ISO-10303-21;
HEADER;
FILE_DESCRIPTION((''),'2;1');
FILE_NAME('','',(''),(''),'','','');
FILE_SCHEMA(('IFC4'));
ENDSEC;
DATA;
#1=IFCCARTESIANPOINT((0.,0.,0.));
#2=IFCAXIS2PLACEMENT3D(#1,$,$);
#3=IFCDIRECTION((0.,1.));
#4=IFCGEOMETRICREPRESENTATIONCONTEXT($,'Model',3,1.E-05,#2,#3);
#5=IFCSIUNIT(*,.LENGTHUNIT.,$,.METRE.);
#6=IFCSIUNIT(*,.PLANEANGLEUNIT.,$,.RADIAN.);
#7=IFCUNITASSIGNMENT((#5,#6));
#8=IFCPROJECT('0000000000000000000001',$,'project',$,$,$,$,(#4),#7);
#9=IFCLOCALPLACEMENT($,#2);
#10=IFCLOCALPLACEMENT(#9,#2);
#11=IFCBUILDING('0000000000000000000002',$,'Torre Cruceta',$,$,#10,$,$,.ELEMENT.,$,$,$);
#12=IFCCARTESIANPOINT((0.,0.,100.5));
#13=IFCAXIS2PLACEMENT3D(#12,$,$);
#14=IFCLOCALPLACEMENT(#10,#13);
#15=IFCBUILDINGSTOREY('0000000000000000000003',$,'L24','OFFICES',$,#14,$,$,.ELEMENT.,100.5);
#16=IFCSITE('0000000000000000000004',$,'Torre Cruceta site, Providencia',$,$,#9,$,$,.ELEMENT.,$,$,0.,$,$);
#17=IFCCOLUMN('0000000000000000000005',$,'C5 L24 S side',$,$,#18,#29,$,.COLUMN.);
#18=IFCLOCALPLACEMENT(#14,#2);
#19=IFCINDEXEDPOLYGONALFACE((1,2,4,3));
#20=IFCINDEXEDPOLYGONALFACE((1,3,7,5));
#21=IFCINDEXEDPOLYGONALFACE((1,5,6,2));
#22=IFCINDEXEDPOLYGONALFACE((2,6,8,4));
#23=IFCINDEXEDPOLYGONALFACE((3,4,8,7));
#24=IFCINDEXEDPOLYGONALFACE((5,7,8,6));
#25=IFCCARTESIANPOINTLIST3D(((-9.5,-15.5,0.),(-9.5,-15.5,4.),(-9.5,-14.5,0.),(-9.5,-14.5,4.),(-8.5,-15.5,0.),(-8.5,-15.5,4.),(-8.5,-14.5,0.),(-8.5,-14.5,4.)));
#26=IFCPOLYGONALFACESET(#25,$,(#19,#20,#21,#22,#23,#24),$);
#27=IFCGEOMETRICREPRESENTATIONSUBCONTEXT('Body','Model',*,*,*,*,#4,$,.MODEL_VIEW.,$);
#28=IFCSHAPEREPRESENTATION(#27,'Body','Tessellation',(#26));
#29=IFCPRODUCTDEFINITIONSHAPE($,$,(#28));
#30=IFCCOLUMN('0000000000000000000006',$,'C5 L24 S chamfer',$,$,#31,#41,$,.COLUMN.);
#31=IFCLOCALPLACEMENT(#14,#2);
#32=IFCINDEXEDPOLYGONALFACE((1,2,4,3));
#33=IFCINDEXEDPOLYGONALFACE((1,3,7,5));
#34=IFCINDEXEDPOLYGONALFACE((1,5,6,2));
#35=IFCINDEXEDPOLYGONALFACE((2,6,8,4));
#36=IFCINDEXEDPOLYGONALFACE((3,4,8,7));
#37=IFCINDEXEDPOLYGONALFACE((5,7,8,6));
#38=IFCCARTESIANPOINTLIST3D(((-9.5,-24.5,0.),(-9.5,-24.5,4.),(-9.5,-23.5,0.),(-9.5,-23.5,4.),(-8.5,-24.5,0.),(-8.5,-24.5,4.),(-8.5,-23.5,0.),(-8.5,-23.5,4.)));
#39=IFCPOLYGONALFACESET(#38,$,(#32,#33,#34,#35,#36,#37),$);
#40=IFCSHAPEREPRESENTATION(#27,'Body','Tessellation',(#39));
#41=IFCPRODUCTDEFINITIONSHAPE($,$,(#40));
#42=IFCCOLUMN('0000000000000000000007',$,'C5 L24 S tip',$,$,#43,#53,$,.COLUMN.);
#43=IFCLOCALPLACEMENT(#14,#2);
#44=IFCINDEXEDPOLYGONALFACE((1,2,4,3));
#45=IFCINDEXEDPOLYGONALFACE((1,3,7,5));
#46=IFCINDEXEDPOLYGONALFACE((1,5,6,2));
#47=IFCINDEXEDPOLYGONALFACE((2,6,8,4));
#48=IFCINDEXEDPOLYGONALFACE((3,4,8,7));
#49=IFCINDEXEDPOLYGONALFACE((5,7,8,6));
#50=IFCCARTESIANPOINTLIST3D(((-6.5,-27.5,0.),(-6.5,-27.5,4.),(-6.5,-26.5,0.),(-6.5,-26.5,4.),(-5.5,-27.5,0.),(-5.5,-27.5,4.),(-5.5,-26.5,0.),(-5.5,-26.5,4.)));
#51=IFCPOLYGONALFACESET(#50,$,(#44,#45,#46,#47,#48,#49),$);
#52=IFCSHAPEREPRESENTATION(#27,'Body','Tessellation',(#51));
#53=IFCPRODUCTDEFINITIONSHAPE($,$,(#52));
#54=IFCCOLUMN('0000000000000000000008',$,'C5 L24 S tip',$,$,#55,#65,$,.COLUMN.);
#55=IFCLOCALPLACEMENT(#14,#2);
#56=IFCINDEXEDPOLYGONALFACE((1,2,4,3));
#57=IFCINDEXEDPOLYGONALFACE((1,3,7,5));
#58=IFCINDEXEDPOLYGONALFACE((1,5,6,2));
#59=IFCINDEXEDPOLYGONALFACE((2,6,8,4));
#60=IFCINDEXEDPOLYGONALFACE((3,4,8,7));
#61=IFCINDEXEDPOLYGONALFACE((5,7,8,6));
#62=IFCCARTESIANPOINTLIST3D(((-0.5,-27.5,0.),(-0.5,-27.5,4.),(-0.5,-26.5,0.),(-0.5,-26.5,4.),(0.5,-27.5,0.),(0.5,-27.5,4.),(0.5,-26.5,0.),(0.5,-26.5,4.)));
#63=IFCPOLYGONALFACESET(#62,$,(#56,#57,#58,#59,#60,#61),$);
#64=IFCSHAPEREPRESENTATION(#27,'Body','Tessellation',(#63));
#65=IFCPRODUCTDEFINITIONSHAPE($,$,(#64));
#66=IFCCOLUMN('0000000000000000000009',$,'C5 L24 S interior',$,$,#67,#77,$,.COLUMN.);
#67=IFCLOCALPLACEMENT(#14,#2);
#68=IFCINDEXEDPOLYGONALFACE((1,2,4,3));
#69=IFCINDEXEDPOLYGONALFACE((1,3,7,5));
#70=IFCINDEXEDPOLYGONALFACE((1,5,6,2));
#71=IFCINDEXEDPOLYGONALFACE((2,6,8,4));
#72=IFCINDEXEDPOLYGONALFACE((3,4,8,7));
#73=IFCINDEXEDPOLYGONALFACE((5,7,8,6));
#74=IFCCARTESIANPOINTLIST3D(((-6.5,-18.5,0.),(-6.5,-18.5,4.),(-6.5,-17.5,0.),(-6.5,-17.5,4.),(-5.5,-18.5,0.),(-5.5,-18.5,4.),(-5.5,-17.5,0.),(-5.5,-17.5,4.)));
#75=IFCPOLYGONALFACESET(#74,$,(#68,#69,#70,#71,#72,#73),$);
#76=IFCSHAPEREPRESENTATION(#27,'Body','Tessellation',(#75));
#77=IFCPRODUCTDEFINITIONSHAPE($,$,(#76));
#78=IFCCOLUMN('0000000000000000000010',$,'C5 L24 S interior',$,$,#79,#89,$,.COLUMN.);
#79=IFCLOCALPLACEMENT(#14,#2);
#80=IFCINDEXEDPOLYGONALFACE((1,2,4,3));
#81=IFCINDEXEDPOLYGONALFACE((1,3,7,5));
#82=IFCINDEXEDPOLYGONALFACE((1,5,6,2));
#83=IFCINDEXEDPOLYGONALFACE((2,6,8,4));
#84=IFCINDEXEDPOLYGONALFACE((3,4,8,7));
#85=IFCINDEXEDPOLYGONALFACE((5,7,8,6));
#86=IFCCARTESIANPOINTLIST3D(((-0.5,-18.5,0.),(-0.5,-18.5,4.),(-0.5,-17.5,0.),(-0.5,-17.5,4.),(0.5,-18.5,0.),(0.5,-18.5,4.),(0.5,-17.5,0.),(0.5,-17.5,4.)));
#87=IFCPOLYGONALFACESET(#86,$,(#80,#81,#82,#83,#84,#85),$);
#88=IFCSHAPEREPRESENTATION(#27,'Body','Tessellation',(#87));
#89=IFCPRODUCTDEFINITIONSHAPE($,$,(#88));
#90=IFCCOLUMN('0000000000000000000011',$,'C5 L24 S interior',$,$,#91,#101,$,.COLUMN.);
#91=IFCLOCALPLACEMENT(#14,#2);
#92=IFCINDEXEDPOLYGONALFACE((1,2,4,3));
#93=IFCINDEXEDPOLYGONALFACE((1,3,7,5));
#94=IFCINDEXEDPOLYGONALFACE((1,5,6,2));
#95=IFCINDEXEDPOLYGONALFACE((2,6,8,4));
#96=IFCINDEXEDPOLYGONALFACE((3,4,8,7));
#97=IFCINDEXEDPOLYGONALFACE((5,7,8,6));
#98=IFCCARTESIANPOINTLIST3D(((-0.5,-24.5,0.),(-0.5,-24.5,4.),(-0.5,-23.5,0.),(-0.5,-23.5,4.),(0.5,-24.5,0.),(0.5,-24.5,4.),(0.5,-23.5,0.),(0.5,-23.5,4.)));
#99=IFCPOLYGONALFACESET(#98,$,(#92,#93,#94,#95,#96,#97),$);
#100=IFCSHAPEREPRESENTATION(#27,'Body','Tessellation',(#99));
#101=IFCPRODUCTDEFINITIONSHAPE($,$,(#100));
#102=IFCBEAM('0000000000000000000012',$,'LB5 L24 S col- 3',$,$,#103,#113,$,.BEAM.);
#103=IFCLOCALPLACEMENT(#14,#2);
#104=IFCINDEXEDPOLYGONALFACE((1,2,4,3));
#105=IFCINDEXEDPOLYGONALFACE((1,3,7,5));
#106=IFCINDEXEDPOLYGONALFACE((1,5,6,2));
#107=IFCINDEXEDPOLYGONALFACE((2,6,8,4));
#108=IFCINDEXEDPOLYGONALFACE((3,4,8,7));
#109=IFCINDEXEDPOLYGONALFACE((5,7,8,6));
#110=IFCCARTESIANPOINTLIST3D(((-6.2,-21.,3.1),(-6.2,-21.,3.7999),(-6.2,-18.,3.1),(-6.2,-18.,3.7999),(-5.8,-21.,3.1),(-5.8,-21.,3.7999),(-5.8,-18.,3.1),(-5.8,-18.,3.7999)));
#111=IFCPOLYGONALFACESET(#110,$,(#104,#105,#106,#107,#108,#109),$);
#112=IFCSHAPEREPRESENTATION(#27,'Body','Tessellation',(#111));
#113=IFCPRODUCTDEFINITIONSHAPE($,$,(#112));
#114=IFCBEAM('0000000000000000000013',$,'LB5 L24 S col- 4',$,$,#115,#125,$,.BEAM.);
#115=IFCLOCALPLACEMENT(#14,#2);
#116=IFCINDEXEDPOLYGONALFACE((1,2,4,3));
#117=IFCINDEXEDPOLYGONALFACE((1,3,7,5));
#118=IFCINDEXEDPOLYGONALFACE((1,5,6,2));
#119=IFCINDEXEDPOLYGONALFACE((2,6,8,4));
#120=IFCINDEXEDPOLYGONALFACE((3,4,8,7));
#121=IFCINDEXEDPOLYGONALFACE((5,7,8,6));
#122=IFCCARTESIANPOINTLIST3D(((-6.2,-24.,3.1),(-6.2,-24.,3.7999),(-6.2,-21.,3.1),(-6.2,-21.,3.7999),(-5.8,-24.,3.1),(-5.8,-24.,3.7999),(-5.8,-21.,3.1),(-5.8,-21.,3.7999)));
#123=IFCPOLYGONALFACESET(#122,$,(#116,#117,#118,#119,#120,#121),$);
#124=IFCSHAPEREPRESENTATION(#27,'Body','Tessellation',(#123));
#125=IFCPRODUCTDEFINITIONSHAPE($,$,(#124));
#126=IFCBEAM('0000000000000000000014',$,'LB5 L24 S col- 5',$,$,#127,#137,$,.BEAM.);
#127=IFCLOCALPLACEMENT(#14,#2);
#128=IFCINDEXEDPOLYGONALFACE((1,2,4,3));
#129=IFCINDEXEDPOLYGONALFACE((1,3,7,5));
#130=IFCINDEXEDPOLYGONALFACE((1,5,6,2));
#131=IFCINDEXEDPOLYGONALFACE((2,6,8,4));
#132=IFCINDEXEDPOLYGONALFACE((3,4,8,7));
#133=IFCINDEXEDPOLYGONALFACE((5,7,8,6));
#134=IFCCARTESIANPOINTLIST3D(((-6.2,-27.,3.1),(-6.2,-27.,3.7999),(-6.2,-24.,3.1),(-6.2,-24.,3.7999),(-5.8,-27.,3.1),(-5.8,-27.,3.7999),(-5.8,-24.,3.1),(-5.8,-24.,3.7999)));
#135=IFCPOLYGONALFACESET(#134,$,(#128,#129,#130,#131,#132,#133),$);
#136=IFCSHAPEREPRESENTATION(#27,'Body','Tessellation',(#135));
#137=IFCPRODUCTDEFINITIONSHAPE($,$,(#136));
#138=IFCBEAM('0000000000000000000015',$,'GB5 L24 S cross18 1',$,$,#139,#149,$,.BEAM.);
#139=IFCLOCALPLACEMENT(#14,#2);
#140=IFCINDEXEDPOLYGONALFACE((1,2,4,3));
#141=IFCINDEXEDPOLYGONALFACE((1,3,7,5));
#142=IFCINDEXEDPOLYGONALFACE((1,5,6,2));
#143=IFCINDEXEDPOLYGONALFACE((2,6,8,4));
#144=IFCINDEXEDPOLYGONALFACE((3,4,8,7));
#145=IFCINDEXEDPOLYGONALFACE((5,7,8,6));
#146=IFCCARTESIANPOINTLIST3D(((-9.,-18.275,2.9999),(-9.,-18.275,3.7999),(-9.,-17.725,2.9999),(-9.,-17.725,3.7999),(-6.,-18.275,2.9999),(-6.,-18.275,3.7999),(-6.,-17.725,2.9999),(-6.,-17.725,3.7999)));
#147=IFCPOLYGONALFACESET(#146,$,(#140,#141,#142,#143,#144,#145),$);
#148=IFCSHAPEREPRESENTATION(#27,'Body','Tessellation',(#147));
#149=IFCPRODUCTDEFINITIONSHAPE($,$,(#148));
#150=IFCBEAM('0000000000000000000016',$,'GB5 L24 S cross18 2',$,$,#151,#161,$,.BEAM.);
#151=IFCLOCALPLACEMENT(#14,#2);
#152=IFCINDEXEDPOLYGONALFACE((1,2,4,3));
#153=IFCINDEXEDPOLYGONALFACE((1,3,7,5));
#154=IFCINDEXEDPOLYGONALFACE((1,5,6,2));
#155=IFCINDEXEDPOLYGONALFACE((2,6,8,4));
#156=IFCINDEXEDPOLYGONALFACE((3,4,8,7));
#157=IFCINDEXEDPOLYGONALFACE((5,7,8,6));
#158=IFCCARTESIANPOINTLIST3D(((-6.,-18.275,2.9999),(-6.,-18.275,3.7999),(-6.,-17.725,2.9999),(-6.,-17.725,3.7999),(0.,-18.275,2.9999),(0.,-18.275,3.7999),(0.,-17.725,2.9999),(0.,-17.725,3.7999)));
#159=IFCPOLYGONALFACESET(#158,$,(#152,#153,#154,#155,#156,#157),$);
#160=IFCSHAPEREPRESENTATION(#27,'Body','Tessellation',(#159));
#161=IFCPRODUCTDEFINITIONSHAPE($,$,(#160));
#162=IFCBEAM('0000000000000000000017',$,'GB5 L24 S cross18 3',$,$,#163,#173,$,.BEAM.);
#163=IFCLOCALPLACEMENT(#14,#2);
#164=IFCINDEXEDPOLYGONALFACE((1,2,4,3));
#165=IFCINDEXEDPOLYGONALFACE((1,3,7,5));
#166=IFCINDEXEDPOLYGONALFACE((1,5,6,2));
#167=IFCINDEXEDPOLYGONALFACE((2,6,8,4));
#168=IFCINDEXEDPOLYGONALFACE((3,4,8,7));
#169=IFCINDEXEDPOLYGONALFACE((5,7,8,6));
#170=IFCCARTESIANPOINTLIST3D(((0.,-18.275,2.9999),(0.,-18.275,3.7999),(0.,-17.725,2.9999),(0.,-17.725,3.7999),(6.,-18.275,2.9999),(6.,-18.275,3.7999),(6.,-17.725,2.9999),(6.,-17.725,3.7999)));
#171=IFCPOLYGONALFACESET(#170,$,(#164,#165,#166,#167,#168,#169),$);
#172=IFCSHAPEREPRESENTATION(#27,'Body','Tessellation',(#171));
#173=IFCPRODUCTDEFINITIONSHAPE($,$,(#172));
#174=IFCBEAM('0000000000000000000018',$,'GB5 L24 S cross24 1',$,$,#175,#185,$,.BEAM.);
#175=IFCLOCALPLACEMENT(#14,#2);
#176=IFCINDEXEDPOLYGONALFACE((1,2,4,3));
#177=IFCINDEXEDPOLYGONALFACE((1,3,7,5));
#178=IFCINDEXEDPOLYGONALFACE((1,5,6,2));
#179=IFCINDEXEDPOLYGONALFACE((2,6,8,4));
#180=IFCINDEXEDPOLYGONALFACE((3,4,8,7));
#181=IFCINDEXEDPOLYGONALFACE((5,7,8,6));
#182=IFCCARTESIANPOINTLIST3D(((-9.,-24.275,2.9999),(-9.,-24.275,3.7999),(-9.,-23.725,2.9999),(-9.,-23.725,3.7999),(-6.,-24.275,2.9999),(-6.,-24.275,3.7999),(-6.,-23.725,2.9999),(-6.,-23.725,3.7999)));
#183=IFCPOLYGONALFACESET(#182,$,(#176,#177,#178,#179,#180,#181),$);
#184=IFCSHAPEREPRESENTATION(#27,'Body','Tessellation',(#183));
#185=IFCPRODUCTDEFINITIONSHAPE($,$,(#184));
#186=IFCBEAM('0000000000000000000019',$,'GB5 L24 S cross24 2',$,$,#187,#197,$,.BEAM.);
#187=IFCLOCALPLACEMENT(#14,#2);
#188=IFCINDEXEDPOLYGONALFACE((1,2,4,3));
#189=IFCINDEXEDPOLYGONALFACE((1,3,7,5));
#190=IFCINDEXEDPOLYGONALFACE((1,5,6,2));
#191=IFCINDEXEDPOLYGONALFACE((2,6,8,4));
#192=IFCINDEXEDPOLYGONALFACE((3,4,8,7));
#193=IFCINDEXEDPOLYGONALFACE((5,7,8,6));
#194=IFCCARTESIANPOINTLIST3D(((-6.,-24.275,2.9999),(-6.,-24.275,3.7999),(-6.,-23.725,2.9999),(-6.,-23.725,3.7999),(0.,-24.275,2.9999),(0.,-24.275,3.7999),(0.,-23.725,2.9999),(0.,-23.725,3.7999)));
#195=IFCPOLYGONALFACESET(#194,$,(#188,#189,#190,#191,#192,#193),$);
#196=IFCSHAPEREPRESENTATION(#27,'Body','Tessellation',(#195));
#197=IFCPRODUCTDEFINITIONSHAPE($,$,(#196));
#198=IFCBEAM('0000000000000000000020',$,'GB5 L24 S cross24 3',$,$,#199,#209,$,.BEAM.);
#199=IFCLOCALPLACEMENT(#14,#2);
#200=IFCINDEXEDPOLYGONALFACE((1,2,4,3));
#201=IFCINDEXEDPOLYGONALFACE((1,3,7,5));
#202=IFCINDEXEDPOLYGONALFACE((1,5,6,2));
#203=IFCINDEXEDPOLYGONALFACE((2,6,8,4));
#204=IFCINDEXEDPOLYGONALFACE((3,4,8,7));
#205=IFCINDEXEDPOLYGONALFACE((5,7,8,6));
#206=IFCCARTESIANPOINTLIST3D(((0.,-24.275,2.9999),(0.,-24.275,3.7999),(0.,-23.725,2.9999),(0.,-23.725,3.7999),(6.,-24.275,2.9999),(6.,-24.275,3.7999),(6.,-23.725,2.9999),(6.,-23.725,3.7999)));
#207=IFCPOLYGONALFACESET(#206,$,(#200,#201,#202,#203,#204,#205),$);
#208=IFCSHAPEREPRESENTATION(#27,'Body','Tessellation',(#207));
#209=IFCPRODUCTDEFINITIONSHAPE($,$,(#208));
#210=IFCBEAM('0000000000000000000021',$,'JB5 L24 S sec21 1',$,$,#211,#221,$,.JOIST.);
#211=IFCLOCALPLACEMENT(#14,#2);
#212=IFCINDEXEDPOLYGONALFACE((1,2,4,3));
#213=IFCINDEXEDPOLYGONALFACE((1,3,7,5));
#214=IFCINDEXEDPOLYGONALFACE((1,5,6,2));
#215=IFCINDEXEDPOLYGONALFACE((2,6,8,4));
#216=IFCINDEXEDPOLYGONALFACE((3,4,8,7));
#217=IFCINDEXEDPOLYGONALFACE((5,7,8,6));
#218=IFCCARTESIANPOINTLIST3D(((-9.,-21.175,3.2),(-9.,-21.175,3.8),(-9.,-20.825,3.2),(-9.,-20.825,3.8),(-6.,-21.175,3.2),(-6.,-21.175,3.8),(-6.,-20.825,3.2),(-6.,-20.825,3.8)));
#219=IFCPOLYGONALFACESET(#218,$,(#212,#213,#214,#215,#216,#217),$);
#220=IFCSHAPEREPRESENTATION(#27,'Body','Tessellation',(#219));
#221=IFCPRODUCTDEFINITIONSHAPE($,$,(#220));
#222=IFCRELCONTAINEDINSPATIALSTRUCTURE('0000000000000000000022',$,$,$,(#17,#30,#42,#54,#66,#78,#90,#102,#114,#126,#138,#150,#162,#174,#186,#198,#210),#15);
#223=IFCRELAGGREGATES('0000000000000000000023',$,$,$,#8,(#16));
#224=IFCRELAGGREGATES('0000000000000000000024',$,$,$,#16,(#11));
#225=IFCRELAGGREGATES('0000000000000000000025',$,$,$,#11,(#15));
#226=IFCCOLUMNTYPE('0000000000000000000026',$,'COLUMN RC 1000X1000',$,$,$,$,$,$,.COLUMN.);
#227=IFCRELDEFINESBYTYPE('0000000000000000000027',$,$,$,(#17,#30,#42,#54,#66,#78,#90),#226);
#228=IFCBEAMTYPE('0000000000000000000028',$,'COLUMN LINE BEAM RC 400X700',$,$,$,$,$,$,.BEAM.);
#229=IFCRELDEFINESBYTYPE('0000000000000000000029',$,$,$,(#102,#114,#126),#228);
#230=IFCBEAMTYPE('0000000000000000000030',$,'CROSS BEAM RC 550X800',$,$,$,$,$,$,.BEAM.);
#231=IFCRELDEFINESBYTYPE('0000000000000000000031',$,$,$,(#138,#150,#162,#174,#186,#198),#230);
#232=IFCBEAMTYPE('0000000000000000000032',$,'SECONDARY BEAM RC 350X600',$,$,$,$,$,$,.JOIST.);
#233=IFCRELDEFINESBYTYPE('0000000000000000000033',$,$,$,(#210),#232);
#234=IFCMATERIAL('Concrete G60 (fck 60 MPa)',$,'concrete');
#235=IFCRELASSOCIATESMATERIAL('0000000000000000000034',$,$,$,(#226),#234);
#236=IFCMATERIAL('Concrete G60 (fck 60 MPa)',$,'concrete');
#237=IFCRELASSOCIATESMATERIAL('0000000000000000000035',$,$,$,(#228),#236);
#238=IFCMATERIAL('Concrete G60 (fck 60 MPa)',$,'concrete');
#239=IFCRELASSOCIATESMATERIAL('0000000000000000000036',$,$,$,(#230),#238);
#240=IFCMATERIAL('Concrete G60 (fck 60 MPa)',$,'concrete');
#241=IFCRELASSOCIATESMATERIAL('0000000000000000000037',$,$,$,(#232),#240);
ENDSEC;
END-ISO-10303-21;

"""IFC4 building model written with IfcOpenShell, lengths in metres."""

from ifc_helpers import new_model, si_unit, direction, frame, origin, origin_2d, place, context, subcontext, project, spatial, rectangle, extrude, material, material_profile, profile_set, type_object, element, save


model = new_model("IFC4")

# Units and contexts
model_context = context("Model", 3, precision=1e-05, world=origin(), true_north=direction((0.0, 1.0)))
body_context = subcontext(model_context, "Body", "Model", "MODEL_VIEW")
ifc_project = project(units=[si_unit("LENGTHUNIT", "METRE"), si_unit("PLANEANGLEUNIT", "RADIAN")], contexts=[model_context])

# Site, building, storey
site_placement = place(None, origin())
site = spatial("IfcSite", under=ifc_project, at=site_placement, Name="Torre Cruceta site, Providencia", CompositionType="ELEMENT", RefElevation=0.0)
building_placement = place(site_placement, origin())
building = spatial("IfcBuilding", under=site, at=building_placement, Name="Torre Cruceta", CompositionType="ELEMENT")
storey_placement = place(building_placement, frame((0.0, 0.0, 100.5)))
storey = spatial("IfcBuildingStorey", under=building, at=storey_placement, Name="L24", Description="OFFICES", CompositionType="ELEMENT", Elevation=100.5)

# Columns
ifc_material_1 = material(Name="Concrete G60 (fck 60 MPa)", Category="concrete")
ifc_material_profile_1 = material_profile(ifc_material_1, rectangle(XDim=1.0, YDim=1.0, at=origin_2d()), Name="RC 1000X1000")
ifc_profile_set_1 = profile_set([ifc_material_profile_1], Name="Concrete G60 (fck 60 MPa)")
column_type = type_object("IfcColumnType", Name="COLUMN RC 1000X1000", PredefinedType="COLUMN", material=ifc_profile_set_1)
for number, where, z_axis, x_axis, name in (
    (1, (-9.0, -15.0, 0.0), (0.0, 0.0, 1.0), (1.0, 0.0, 0.0), "C5 L24 S side"),
    (2, (-9.0, -24.0, 0.0), (0.0, 0.0, 1.0), (1.0, 0.0, 0.0), "C5 L24 S chamfer"),
    (3, (-6.0, -27.0, 0.0), (0.0, 0.0, 1.0), (1.0, 0.0, 0.0), "C5 L24 S tip"),
    (4, (0.0, -27.0, 0.0), (0.0, 0.0, 1.0), (1.0, 0.0, 0.0), "C5 L24 S tip"),
    (5, (-6.0, -18.0, 0.0), (0.0, 0.0, 1.0), (1.0, 0.0, 0.0), "C5 L24 S interior"),
    (6, (0.0, -18.0, 0.0), (0.0, 0.0, 1.0), (1.0, 0.0, 0.0), "C5 L24 S interior"),
    (7, (0.0, -24.0, 0.0), (0.0, 0.0, 1.0), (1.0, 0.0, 0.0), "C5 L24 S interior"),
):
    element("IfcColumn", number, at=place(storey_placement, frame(where, z_axis=z_axis, x_axis=x_axis)), inside=storey, type_object=column_type, Name=name, PredefinedType="COLUMN", context=body_context, shape_type="SweptSolid", body=[
        extrude(rectangle(XDim=1.0, YDim=1.0, at=origin_2d()), origin(), (0.0, 0.0, 1.0), 4.0),
    ])

# Beams
ifc_material_2 = material(Name="Concrete G60 (fck 60 MPa)", Category="concrete")
ifc_material_profile_2 = material_profile(ifc_material_2, rectangle(XDim=0.3999, YDim=0.7, at=origin_2d()), Name="RC 400X700")
ifc_profile_set_2 = profile_set([ifc_material_profile_2], Name="Concrete G60 (fck 60 MPa)")
beam_type_1 = type_object("IfcBeamType", Name="COLUMN LINE BEAM RC 400X700", PredefinedType="BEAM", material=ifc_profile_set_2)
for number, where, z_axis, x_axis, name in (
    (8, (-6.0, -18.0, 3.45), (0.0, -1.0, 0.0), (1.0, 0.0, 0.0), "LB5 L24 S col- 3"),
    (9, (-6.0, -21.0, 3.45), (0.0, -1.0, 0.0), (1.0, 0.0, 0.0), "LB5 L24 S col- 4"),
    (10, (-6.0, -24.0, 3.45), (0.0, -1.0, 0.0), (1.0, 0.0, 0.0), "LB5 L24 S col- 5"),
):
    element("IfcBeam", number, at=place(storey_placement, frame(where, z_axis=z_axis, x_axis=x_axis)), inside=storey, type_object=beam_type_1, Name=name, PredefinedType="BEAM", context=body_context, shape_type="SweptSolid", body=[
        extrude(rectangle(XDim=0.3999, YDim=0.7, at=origin_2d()), origin(), (0.0, 0.0, 1.0), 3.0),
    ])
ifc_material_3 = material(Name="Concrete G60 (fck 60 MPa)", Category="concrete")
ifc_material_profile_3 = material_profile(ifc_material_3, rectangle(XDim=0.55, YDim=0.8, at=origin_2d()), Name="RC 550X800")
ifc_profile_set_3 = profile_set([ifc_material_profile_3], Name="Concrete G60 (fck 60 MPa)")
beam_type_2 = type_object("IfcBeamType", Name="CROSS BEAM RC 550X800", PredefinedType="BEAM", material=ifc_profile_set_3)
beam_1_placement = place(storey_placement, frame((-9.0, -18.0, 3.3999), z_axis=(1.0, 0.0, 0.0), x_axis=(0.0, 1.0, 0.0)))
element("IfcBeam", 11, at=beam_1_placement, inside=storey, type_object=beam_type_2, Name="GB5 L24 S cross18 1", PredefinedType="BEAM", context=body_context, shape_type="SweptSolid", body=[
    extrude(rectangle(XDim=0.55, YDim=0.8, at=origin_2d()), origin(), (0.0, 0.0, 1.0), 3.0),
])
for number, where, z_axis, x_axis, name in (
    (12, (-6.0, -18.0, 3.3999), (1.0, 0.0, 0.0), (0.0, 1.0, 0.0), "GB5 L24 S cross18 2"),
    (13, (0.0, -18.0, 3.3999), (1.0, 0.0, 0.0), (0.0, 1.0, 0.0), "GB5 L24 S cross18 3"),
):
    element("IfcBeam", number, at=place(storey_placement, frame(where, z_axis=z_axis, x_axis=x_axis)), inside=storey, type_object=beam_type_2, Name=name, PredefinedType="BEAM", context=body_context, shape_type="SweptSolid", body=[
        extrude(rectangle(XDim=0.55, YDim=0.8, at=origin_2d()), origin(), (0.0, 0.0, 1.0), 6.0),
    ])
beam_2_placement = place(storey_placement, frame((-9.0, -24.0, 3.3999), z_axis=(1.0, 0.0, 0.0), x_axis=(0.0, 1.0, 0.0)))
element("IfcBeam", 14, at=beam_2_placement, inside=storey, type_object=beam_type_2, Name="GB5 L24 S cross24 1", PredefinedType="BEAM", context=body_context, shape_type="SweptSolid", body=[
    extrude(rectangle(XDim=0.55, YDim=0.8, at=origin_2d()), origin(), (0.0, 0.0, 1.0), 3.0),
])
for number, where, z_axis, x_axis, name in (
    (15, (-6.0, -24.0, 3.3999), (1.0, 0.0, 0.0), (0.0, 1.0, 0.0), "GB5 L24 S cross24 2"),
    (16, (0.0, -24.0, 3.3999), (1.0, 0.0, 0.0), (0.0, 1.0, 0.0), "GB5 L24 S cross24 3"),
):
    element("IfcBeam", number, at=place(storey_placement, frame(where, z_axis=z_axis, x_axis=x_axis)), inside=storey, type_object=beam_type_2, Name=name, PredefinedType="BEAM", context=body_context, shape_type="SweptSolid", body=[
        extrude(rectangle(XDim=0.55, YDim=0.8, at=origin_2d()), origin(), (0.0, 0.0, 1.0), 6.0),
    ])
ifc_material_4 = material(Name="Concrete G60 (fck 60 MPa)", Category="concrete")
ifc_material_profile_4 = material_profile(ifc_material_4, rectangle(XDim=0.3501, YDim=0.6001, at=origin_2d()), Name="RC 350X600")
ifc_profile_set_4 = profile_set([ifc_material_profile_4], Name="Concrete G60 (fck 60 MPa)")
beam_type_3 = type_object("IfcBeamType", Name="SECONDARY BEAM RC 350X600", PredefinedType="JOIST", material=ifc_profile_set_4)
beam_3_placement = place(storey_placement, frame((-9.0, -21.0, 3.5), z_axis=(1.0, 0.0, 0.0), x_axis=(0.0, 1.0, 0.0)))
element("IfcBeam", 17, at=beam_3_placement, inside=storey, type_object=beam_type_3, Name="JB5 L24 S sec21 1", PredefinedType="JOIST", context=body_context, shape_type="SweptSolid", body=[
    extrude(rectangle(XDim=0.3501, YDim=0.6001, at=origin_2d()), origin(), (0.0, 0.0, 1.0), 3.0),
])

save(model, "model.ifc")
